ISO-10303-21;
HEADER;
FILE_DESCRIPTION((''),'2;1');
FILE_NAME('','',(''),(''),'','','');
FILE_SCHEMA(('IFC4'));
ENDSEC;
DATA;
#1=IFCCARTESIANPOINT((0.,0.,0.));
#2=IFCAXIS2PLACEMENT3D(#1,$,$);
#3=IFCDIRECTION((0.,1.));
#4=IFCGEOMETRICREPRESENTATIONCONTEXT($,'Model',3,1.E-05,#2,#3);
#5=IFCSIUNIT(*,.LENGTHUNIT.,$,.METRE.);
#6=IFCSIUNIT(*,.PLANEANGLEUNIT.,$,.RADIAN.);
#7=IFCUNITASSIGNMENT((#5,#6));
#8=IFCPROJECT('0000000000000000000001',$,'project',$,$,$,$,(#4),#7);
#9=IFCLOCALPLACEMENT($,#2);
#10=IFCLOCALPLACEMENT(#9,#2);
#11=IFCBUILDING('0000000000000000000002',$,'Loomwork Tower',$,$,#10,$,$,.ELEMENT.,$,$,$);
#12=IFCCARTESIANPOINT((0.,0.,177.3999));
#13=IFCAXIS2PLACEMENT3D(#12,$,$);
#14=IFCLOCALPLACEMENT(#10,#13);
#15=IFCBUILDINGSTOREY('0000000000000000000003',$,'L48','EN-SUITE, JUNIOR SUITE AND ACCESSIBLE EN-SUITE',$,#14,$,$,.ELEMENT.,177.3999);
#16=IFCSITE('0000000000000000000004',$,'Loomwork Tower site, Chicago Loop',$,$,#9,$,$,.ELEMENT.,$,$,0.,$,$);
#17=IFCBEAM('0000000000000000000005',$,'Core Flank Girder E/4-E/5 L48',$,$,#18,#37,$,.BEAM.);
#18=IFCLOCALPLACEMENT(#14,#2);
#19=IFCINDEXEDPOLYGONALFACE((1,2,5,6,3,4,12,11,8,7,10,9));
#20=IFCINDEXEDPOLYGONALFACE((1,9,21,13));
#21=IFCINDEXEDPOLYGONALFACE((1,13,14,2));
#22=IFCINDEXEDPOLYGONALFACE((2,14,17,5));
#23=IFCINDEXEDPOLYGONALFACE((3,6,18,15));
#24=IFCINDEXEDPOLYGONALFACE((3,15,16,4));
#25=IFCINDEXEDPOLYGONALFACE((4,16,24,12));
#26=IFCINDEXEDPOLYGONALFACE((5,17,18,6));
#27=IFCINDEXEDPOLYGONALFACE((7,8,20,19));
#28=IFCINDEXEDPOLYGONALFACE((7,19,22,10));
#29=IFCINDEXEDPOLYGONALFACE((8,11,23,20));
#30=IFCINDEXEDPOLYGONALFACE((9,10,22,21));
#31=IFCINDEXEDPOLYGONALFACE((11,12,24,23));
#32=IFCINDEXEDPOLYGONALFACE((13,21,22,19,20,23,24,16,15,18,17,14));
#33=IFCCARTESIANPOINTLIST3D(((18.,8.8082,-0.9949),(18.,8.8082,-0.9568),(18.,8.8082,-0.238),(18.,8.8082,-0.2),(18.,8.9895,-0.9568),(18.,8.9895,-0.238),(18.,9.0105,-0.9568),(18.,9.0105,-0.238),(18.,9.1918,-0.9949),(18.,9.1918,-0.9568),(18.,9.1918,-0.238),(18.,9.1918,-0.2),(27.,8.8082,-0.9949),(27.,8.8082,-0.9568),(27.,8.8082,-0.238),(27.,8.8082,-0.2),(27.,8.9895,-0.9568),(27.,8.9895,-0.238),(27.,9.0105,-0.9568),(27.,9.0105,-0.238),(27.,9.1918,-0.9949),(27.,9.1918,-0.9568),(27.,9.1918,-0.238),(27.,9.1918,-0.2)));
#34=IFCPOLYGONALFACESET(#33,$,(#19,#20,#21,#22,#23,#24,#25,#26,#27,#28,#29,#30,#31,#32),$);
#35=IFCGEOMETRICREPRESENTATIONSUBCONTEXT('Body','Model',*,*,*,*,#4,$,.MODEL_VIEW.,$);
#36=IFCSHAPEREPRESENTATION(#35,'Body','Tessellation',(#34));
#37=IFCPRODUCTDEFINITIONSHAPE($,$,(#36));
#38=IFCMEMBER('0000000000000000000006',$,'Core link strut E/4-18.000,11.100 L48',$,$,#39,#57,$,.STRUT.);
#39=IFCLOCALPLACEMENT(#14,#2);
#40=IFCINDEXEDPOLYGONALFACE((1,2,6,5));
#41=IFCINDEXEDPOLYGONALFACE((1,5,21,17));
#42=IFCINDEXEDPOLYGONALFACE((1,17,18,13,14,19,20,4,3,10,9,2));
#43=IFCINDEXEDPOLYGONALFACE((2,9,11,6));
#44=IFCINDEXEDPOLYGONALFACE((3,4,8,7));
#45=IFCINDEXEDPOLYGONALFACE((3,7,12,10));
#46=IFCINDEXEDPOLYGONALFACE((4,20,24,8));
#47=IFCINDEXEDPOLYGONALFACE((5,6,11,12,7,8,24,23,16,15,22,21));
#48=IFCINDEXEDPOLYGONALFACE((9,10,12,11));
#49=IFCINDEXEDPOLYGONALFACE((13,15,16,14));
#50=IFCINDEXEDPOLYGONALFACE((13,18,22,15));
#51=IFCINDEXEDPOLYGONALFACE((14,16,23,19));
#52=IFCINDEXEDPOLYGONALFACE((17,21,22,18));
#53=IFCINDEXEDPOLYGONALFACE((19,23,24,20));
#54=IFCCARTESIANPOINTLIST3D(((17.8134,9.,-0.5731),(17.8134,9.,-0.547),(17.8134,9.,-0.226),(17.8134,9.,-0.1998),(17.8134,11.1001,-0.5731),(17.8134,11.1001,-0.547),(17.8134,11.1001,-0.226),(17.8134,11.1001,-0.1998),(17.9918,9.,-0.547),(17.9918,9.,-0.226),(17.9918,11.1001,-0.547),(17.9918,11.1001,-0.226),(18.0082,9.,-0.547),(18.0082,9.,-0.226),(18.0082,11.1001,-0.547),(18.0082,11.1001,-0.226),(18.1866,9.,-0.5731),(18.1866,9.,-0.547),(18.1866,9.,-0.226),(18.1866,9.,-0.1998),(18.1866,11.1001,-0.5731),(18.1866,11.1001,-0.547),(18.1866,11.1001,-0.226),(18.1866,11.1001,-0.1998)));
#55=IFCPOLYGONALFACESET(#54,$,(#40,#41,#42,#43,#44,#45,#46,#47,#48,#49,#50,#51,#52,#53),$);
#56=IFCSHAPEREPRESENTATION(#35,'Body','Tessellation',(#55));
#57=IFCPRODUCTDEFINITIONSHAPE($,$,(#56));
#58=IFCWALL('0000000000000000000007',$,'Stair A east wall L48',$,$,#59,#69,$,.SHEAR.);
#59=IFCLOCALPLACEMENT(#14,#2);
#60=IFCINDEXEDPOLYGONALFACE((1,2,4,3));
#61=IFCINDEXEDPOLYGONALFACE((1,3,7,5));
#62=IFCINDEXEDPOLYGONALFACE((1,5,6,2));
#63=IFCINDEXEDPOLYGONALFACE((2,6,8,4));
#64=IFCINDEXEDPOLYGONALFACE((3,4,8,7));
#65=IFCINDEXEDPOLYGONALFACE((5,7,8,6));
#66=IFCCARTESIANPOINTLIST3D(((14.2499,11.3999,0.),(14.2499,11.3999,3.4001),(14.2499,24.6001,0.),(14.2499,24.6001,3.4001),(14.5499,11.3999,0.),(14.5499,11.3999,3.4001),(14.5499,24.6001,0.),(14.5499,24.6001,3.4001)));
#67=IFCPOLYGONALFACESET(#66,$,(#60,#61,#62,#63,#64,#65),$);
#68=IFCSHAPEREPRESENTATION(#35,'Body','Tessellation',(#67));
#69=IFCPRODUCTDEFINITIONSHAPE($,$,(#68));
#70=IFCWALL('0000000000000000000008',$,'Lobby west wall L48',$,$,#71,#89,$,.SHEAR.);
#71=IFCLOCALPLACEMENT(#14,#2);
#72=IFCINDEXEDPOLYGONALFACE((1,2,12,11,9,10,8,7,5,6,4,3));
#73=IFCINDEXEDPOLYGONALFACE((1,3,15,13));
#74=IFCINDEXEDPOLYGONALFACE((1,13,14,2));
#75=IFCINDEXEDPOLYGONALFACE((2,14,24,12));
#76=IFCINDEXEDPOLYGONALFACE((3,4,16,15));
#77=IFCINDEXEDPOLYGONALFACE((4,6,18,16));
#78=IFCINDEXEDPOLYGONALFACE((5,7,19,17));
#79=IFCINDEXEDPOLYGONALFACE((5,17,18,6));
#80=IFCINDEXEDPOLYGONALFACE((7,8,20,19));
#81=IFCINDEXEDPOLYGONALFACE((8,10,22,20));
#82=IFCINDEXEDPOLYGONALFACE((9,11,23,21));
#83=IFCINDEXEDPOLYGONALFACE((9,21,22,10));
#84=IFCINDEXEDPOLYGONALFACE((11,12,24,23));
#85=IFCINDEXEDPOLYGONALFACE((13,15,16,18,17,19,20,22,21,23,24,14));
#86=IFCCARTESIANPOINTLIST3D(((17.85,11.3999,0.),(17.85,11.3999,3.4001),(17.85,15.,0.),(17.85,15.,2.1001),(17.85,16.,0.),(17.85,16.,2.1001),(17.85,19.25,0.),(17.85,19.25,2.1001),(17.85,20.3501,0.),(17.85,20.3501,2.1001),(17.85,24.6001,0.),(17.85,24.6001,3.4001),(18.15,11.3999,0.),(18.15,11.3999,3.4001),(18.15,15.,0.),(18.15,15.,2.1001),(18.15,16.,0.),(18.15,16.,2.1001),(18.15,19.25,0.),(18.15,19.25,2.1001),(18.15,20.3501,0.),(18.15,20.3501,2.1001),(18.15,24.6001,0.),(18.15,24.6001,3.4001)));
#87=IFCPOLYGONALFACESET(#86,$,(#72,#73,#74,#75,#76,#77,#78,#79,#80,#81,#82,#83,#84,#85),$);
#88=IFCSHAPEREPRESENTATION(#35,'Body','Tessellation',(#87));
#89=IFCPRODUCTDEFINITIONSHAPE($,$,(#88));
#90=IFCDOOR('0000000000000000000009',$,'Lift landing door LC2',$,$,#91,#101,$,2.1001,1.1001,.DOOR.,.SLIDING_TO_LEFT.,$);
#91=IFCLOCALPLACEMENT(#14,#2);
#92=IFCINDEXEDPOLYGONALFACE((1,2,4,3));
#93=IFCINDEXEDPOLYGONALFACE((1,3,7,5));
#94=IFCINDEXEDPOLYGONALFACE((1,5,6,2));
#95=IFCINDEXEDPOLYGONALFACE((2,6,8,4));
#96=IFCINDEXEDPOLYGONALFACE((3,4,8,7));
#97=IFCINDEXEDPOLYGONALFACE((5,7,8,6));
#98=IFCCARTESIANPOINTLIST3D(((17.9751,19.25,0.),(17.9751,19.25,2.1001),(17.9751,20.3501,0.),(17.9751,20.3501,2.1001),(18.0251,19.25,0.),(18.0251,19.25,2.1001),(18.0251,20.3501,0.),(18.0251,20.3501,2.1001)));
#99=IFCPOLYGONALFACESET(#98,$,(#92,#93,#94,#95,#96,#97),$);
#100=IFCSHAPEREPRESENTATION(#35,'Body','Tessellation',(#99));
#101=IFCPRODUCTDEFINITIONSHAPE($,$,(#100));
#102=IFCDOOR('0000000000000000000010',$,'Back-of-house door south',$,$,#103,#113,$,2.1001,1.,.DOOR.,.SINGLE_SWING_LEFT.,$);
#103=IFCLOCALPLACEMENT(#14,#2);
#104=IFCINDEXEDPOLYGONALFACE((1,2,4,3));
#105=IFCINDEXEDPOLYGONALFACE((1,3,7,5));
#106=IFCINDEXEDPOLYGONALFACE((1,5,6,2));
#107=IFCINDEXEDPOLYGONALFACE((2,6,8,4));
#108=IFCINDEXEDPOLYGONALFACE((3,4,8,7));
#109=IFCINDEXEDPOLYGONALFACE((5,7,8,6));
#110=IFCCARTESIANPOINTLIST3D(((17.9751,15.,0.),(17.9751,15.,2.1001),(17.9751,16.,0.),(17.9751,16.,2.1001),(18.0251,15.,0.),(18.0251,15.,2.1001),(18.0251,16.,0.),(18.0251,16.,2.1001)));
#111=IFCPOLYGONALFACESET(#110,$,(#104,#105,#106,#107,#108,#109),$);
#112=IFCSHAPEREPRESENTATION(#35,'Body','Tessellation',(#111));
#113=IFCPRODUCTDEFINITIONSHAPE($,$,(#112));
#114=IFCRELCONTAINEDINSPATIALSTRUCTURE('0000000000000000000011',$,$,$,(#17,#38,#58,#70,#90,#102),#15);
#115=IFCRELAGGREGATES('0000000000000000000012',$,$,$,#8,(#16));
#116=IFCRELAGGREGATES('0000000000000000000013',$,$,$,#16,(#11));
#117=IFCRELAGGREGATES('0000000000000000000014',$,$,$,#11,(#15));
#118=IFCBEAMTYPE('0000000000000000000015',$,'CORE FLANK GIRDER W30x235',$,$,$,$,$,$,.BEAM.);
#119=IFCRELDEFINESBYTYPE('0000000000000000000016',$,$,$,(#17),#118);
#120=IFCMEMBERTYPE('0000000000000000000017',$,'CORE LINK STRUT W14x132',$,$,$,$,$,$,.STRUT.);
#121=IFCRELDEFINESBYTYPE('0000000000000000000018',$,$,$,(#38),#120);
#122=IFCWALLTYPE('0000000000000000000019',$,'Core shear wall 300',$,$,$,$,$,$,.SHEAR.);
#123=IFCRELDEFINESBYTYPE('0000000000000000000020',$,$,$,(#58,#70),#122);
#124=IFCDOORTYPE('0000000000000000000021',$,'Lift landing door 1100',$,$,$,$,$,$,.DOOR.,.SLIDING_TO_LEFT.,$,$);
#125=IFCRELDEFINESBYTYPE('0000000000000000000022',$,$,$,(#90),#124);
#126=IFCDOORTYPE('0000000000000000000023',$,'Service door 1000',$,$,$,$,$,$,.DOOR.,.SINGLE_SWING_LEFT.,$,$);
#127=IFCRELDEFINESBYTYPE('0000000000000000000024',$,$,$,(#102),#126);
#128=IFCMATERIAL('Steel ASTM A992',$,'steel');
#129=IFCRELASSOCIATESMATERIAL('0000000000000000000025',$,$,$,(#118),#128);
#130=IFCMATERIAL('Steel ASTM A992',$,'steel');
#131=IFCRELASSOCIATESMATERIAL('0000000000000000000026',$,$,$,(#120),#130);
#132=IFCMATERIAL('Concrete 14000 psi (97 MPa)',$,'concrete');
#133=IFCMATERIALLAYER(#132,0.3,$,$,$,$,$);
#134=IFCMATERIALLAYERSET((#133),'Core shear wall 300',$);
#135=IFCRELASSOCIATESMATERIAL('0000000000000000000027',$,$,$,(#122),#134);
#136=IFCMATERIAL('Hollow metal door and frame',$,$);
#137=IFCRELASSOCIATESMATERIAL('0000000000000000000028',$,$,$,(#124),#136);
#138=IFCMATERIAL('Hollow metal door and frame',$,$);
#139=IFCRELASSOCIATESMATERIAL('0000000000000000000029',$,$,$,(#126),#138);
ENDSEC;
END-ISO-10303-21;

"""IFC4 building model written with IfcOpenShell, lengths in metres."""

from ifc_helpers import new_model, si_unit, direction, frame, frame_2d, origin, origin_2d, place, context, subcontext, project, spatial, rectangle, i_section, extrude, material, layer, layer_set, material_profile, profile_set, type_object, element, fill, save


model = new_model("IFC4")

# Units and contexts
model_context = context("Model", 3, precision=1e-05, world=origin(), true_north=direction((0.0, 1.0)))
body_context = subcontext(model_context, "Body", "Model", "MODEL_VIEW")
ifc_project = project(units=[si_unit("LENGTHUNIT", "METRE"), si_unit("PLANEANGLEUNIT", "RADIAN")], contexts=[model_context])

# Site, building, storey
site_placement = place(None, origin())
site = spatial("IfcSite", under=ifc_project, at=site_placement, Name="Loomwork Tower site, Chicago Loop", CompositionType="ELEMENT", RefElevation=0.0)
building_placement = place(site_placement, origin())
building = spatial("IfcBuilding", under=site, at=building_placement, Name="Loomwork Tower", CompositionType="ELEMENT")
storey_placement = place(building_placement, frame((0.0, 0.0, 177.3999)))
storey = spatial("IfcBuildingStorey", under=building, at=storey_placement, Name="L48", Description="EN-SUITE, JUNIOR SUITE AND ACCESSIBLE EN-SUITE", CompositionType="ELEMENT", Elevation=177.3999)

# Beam
ifc_material_1 = material(Name="Steel ASTM A992", Category="steel")
ifc_material_profile_1 = material_profile(ifc_material_1, i_section(OverallWidth=0.3835, OverallDepth=0.7949, WebThickness=0.021, FlangeThickness=0.0381, at=origin_2d()), Name="W30x235")
ifc_profile_set_1 = profile_set([ifc_material_profile_1], Name="Steel ASTM A992")
beam_type = type_object("IfcBeamType", Name="CORE FLANK GIRDER W30x235", PredefinedType="BEAM", material=ifc_profile_set_1)
beam_placement = place(storey_placement, frame((18.0, 9.0, -0.5974), z_axis=(1.0, 0.0, 0.0), x_axis=(0.0, 1.0, 0.0)))
element("IfcBeam", 1, at=beam_placement, inside=storey, type_object=beam_type, Name="Core Flank Girder E/4-E/5 L48", PredefinedType="BEAM", context=body_context, shape_type="SweptSolid", body=[
    extrude(i_section(OverallWidth=0.3835, OverallDepth=0.7949, WebThickness=0.021, FlangeThickness=0.0381, at=origin_2d()), origin(), (0.0, 0.0, 1.0), 9.0),
])

# Member
ifc_material_2 = material(Name="Steel ASTM A992", Category="steel")
ifc_material_profile_2 = material_profile(ifc_material_2, i_section(OverallWidth=0.3733, OverallDepth=0.3733, WebThickness=0.0164, FlangeThickness=0.0261, at=origin_2d()), Name="W14x132")
ifc_profile_set_2 = profile_set([ifc_material_profile_2], Name="Steel ASTM A992")
member_type = type_object("IfcMemberType", Name="CORE LINK STRUT W14x132", PredefinedType="STRUT", material=ifc_profile_set_2)
member_placement = place(storey_placement, frame((18.0, 9.0, -0.3865), z_axis=(0.0, 1.0, 0.0), x_axis=(-1.0, 0.0, 0.0)))
element("IfcMember", 2, at=member_placement, inside=storey, type_object=member_type, Name="Core link strut E/4-18.000,11.100 L48", PredefinedType="STRUT", context=body_context, shape_type="SweptSolid", body=[
    extrude(i_section(OverallWidth=0.3733, OverallDepth=0.3733, WebThickness=0.0164, FlangeThickness=0.0261, at=origin_2d()), origin(), (0.0, 0.0, 1.0), 2.1001),
])

# Wall
ifc_material_3 = material(Name="Concrete 14000 psi (97 MPa)", Category="concrete")
ifc_layer_1 = layer(ifc_material_3, 0.3)
ifc_layer_set_1 = layer_set([ifc_layer_1], Name="Core shear wall 300")
wall_type_1 = type_object("IfcWallType", Name="Core shear wall 300", PredefinedType="SHEAR", material=ifc_layer_set_1)
wall_1_placement = place(storey_placement, frame((14.3999, 11.3999, 0.0), z_axis=(0.0, 0.0, 1.0), x_axis=(0.0, 1.0, 0.0)))
element("IfcWall", 3, at=wall_1_placement, inside=storey, type_object=wall_type_1, Name="Stair A east wall L48", PredefinedType="SHEAR", context=body_context, shape_type="SweptSolid", body=[
    extrude(rectangle(XDim=13.2002, YDim=0.3, at=frame_2d((6.6001, 0.0))), origin(), (0.0, 0.0, 1.0), 3.4001),
])

# Wall, openings, doors
wall_2_placement = place(storey_placement, frame((18.0, 11.3999, 0.0), z_axis=(0.0, 0.0, 1.0), x_axis=(0.0, 1.0, 0.0)))
wall_2 = element("IfcWall", 4, at=wall_2_placement, inside=storey, type_object=wall_type_1, Name="Lobby west wall L48", PredefinedType="SHEAR", context=body_context, shape_type="SweptSolid", body=[
    extrude(rectangle(XDim=13.2002, YDim=0.3, at=frame_2d((6.6001, 0.0))), origin(), (0.0, 0.0, 1.0), 3.4001),
])
opening_1_placement = place(wall_2_placement, frame((3.6001, 0.0, 0.0)))
opening_1 = element("IfcOpeningElement", 5, at=opening_1_placement, cuts=wall_2, PredefinedType="OPENING", context=body_context, shape_type="SweptSolid", body=[
    extrude(rectangle(XDim=1.0, YDim=2.1001, at=frame_2d((0.5, 1.05))), frame((0.0, 0.1599, 0.0), z_axis=(0.0, -1.0, 0.0), x_axis=(1.0, 0.0, 0.0)), (0.0, 0.0, 1.0), 0.3201),
])
opening_2_placement = place(wall_2_placement, frame((7.8501, 0.0, 0.0)))
opening_2 = element("IfcOpeningElement", 6, at=opening_2_placement, cuts=wall_2, PredefinedType="OPENING", context=body_context, shape_type="SweptSolid", body=[
    extrude(rectangle(XDim=1.1001, YDim=2.1001, at=frame_2d((0.55, 1.05))), frame((0.0, 0.1599, 0.0), z_axis=(0.0, -1.0, 0.0), x_axis=(1.0, 0.0, 0.0)), (0.0, 0.0, 1.0), 0.3201),
])
ifc_material_4 = material(Name="Hollow metal door and frame")
door_type_1 = type_object("IfcDoorType", Name="Lift landing door 1100", OperationType="SLIDING_TO_LEFT", PredefinedType="DOOR", material=ifc_material_4)
door_1_placement = place(opening_2_placement, origin())
door_1 = element("IfcDoor", 7, at=door_1_placement, inside=storey, type_object=door_type_1, Name="Lift landing door LC2", OperationType="SLIDING_TO_LEFT", OverallHeight=2.1001, OverallWidth=1.1001, PredefinedType="DOOR", context=body_context, shape_type="SweptSolid", body=[
    extrude(rectangle(XDim=1.1001, YDim=2.1001, at=frame_2d((0.55, 1.05))), frame((0.0, 0.0249, 0.0), z_axis=(0.0, -1.0, 0.0), x_axis=(1.0, 0.0, 0.0)), (0.0, 0.0, 1.0), 0.05),
])
fill(opening_2, door_1)
ifc_material_5 = material(Name="Hollow metal door and frame")
door_type_2 = type_object("IfcDoorType", Name="Service door 1000", OperationType="SINGLE_SWING_LEFT", PredefinedType="DOOR", material=ifc_material_5)
door_2_placement = place(opening_1_placement, origin())
door_2 = element("IfcDoor", 8, at=door_2_placement, inside=storey, type_object=door_type_2, Name="Back-of-house door south", OperationType="SINGLE_SWING_LEFT", OverallHeight=2.1001, OverallWidth=1.0, PredefinedType="DOOR", context=body_context, shape_type="SweptSolid", body=[
    extrude(rectangle(XDim=1.0, YDim=2.1001, at=frame_2d((0.5, 1.05))), frame((0.0, 0.0249, 0.0), z_axis=(0.0, -1.0, 0.0), x_axis=(1.0, 0.0, 0.0)), (0.0, 0.0, 1.0), 0.05),
])
fill(opening_1, door_2)

save(model, "model.ifc")
